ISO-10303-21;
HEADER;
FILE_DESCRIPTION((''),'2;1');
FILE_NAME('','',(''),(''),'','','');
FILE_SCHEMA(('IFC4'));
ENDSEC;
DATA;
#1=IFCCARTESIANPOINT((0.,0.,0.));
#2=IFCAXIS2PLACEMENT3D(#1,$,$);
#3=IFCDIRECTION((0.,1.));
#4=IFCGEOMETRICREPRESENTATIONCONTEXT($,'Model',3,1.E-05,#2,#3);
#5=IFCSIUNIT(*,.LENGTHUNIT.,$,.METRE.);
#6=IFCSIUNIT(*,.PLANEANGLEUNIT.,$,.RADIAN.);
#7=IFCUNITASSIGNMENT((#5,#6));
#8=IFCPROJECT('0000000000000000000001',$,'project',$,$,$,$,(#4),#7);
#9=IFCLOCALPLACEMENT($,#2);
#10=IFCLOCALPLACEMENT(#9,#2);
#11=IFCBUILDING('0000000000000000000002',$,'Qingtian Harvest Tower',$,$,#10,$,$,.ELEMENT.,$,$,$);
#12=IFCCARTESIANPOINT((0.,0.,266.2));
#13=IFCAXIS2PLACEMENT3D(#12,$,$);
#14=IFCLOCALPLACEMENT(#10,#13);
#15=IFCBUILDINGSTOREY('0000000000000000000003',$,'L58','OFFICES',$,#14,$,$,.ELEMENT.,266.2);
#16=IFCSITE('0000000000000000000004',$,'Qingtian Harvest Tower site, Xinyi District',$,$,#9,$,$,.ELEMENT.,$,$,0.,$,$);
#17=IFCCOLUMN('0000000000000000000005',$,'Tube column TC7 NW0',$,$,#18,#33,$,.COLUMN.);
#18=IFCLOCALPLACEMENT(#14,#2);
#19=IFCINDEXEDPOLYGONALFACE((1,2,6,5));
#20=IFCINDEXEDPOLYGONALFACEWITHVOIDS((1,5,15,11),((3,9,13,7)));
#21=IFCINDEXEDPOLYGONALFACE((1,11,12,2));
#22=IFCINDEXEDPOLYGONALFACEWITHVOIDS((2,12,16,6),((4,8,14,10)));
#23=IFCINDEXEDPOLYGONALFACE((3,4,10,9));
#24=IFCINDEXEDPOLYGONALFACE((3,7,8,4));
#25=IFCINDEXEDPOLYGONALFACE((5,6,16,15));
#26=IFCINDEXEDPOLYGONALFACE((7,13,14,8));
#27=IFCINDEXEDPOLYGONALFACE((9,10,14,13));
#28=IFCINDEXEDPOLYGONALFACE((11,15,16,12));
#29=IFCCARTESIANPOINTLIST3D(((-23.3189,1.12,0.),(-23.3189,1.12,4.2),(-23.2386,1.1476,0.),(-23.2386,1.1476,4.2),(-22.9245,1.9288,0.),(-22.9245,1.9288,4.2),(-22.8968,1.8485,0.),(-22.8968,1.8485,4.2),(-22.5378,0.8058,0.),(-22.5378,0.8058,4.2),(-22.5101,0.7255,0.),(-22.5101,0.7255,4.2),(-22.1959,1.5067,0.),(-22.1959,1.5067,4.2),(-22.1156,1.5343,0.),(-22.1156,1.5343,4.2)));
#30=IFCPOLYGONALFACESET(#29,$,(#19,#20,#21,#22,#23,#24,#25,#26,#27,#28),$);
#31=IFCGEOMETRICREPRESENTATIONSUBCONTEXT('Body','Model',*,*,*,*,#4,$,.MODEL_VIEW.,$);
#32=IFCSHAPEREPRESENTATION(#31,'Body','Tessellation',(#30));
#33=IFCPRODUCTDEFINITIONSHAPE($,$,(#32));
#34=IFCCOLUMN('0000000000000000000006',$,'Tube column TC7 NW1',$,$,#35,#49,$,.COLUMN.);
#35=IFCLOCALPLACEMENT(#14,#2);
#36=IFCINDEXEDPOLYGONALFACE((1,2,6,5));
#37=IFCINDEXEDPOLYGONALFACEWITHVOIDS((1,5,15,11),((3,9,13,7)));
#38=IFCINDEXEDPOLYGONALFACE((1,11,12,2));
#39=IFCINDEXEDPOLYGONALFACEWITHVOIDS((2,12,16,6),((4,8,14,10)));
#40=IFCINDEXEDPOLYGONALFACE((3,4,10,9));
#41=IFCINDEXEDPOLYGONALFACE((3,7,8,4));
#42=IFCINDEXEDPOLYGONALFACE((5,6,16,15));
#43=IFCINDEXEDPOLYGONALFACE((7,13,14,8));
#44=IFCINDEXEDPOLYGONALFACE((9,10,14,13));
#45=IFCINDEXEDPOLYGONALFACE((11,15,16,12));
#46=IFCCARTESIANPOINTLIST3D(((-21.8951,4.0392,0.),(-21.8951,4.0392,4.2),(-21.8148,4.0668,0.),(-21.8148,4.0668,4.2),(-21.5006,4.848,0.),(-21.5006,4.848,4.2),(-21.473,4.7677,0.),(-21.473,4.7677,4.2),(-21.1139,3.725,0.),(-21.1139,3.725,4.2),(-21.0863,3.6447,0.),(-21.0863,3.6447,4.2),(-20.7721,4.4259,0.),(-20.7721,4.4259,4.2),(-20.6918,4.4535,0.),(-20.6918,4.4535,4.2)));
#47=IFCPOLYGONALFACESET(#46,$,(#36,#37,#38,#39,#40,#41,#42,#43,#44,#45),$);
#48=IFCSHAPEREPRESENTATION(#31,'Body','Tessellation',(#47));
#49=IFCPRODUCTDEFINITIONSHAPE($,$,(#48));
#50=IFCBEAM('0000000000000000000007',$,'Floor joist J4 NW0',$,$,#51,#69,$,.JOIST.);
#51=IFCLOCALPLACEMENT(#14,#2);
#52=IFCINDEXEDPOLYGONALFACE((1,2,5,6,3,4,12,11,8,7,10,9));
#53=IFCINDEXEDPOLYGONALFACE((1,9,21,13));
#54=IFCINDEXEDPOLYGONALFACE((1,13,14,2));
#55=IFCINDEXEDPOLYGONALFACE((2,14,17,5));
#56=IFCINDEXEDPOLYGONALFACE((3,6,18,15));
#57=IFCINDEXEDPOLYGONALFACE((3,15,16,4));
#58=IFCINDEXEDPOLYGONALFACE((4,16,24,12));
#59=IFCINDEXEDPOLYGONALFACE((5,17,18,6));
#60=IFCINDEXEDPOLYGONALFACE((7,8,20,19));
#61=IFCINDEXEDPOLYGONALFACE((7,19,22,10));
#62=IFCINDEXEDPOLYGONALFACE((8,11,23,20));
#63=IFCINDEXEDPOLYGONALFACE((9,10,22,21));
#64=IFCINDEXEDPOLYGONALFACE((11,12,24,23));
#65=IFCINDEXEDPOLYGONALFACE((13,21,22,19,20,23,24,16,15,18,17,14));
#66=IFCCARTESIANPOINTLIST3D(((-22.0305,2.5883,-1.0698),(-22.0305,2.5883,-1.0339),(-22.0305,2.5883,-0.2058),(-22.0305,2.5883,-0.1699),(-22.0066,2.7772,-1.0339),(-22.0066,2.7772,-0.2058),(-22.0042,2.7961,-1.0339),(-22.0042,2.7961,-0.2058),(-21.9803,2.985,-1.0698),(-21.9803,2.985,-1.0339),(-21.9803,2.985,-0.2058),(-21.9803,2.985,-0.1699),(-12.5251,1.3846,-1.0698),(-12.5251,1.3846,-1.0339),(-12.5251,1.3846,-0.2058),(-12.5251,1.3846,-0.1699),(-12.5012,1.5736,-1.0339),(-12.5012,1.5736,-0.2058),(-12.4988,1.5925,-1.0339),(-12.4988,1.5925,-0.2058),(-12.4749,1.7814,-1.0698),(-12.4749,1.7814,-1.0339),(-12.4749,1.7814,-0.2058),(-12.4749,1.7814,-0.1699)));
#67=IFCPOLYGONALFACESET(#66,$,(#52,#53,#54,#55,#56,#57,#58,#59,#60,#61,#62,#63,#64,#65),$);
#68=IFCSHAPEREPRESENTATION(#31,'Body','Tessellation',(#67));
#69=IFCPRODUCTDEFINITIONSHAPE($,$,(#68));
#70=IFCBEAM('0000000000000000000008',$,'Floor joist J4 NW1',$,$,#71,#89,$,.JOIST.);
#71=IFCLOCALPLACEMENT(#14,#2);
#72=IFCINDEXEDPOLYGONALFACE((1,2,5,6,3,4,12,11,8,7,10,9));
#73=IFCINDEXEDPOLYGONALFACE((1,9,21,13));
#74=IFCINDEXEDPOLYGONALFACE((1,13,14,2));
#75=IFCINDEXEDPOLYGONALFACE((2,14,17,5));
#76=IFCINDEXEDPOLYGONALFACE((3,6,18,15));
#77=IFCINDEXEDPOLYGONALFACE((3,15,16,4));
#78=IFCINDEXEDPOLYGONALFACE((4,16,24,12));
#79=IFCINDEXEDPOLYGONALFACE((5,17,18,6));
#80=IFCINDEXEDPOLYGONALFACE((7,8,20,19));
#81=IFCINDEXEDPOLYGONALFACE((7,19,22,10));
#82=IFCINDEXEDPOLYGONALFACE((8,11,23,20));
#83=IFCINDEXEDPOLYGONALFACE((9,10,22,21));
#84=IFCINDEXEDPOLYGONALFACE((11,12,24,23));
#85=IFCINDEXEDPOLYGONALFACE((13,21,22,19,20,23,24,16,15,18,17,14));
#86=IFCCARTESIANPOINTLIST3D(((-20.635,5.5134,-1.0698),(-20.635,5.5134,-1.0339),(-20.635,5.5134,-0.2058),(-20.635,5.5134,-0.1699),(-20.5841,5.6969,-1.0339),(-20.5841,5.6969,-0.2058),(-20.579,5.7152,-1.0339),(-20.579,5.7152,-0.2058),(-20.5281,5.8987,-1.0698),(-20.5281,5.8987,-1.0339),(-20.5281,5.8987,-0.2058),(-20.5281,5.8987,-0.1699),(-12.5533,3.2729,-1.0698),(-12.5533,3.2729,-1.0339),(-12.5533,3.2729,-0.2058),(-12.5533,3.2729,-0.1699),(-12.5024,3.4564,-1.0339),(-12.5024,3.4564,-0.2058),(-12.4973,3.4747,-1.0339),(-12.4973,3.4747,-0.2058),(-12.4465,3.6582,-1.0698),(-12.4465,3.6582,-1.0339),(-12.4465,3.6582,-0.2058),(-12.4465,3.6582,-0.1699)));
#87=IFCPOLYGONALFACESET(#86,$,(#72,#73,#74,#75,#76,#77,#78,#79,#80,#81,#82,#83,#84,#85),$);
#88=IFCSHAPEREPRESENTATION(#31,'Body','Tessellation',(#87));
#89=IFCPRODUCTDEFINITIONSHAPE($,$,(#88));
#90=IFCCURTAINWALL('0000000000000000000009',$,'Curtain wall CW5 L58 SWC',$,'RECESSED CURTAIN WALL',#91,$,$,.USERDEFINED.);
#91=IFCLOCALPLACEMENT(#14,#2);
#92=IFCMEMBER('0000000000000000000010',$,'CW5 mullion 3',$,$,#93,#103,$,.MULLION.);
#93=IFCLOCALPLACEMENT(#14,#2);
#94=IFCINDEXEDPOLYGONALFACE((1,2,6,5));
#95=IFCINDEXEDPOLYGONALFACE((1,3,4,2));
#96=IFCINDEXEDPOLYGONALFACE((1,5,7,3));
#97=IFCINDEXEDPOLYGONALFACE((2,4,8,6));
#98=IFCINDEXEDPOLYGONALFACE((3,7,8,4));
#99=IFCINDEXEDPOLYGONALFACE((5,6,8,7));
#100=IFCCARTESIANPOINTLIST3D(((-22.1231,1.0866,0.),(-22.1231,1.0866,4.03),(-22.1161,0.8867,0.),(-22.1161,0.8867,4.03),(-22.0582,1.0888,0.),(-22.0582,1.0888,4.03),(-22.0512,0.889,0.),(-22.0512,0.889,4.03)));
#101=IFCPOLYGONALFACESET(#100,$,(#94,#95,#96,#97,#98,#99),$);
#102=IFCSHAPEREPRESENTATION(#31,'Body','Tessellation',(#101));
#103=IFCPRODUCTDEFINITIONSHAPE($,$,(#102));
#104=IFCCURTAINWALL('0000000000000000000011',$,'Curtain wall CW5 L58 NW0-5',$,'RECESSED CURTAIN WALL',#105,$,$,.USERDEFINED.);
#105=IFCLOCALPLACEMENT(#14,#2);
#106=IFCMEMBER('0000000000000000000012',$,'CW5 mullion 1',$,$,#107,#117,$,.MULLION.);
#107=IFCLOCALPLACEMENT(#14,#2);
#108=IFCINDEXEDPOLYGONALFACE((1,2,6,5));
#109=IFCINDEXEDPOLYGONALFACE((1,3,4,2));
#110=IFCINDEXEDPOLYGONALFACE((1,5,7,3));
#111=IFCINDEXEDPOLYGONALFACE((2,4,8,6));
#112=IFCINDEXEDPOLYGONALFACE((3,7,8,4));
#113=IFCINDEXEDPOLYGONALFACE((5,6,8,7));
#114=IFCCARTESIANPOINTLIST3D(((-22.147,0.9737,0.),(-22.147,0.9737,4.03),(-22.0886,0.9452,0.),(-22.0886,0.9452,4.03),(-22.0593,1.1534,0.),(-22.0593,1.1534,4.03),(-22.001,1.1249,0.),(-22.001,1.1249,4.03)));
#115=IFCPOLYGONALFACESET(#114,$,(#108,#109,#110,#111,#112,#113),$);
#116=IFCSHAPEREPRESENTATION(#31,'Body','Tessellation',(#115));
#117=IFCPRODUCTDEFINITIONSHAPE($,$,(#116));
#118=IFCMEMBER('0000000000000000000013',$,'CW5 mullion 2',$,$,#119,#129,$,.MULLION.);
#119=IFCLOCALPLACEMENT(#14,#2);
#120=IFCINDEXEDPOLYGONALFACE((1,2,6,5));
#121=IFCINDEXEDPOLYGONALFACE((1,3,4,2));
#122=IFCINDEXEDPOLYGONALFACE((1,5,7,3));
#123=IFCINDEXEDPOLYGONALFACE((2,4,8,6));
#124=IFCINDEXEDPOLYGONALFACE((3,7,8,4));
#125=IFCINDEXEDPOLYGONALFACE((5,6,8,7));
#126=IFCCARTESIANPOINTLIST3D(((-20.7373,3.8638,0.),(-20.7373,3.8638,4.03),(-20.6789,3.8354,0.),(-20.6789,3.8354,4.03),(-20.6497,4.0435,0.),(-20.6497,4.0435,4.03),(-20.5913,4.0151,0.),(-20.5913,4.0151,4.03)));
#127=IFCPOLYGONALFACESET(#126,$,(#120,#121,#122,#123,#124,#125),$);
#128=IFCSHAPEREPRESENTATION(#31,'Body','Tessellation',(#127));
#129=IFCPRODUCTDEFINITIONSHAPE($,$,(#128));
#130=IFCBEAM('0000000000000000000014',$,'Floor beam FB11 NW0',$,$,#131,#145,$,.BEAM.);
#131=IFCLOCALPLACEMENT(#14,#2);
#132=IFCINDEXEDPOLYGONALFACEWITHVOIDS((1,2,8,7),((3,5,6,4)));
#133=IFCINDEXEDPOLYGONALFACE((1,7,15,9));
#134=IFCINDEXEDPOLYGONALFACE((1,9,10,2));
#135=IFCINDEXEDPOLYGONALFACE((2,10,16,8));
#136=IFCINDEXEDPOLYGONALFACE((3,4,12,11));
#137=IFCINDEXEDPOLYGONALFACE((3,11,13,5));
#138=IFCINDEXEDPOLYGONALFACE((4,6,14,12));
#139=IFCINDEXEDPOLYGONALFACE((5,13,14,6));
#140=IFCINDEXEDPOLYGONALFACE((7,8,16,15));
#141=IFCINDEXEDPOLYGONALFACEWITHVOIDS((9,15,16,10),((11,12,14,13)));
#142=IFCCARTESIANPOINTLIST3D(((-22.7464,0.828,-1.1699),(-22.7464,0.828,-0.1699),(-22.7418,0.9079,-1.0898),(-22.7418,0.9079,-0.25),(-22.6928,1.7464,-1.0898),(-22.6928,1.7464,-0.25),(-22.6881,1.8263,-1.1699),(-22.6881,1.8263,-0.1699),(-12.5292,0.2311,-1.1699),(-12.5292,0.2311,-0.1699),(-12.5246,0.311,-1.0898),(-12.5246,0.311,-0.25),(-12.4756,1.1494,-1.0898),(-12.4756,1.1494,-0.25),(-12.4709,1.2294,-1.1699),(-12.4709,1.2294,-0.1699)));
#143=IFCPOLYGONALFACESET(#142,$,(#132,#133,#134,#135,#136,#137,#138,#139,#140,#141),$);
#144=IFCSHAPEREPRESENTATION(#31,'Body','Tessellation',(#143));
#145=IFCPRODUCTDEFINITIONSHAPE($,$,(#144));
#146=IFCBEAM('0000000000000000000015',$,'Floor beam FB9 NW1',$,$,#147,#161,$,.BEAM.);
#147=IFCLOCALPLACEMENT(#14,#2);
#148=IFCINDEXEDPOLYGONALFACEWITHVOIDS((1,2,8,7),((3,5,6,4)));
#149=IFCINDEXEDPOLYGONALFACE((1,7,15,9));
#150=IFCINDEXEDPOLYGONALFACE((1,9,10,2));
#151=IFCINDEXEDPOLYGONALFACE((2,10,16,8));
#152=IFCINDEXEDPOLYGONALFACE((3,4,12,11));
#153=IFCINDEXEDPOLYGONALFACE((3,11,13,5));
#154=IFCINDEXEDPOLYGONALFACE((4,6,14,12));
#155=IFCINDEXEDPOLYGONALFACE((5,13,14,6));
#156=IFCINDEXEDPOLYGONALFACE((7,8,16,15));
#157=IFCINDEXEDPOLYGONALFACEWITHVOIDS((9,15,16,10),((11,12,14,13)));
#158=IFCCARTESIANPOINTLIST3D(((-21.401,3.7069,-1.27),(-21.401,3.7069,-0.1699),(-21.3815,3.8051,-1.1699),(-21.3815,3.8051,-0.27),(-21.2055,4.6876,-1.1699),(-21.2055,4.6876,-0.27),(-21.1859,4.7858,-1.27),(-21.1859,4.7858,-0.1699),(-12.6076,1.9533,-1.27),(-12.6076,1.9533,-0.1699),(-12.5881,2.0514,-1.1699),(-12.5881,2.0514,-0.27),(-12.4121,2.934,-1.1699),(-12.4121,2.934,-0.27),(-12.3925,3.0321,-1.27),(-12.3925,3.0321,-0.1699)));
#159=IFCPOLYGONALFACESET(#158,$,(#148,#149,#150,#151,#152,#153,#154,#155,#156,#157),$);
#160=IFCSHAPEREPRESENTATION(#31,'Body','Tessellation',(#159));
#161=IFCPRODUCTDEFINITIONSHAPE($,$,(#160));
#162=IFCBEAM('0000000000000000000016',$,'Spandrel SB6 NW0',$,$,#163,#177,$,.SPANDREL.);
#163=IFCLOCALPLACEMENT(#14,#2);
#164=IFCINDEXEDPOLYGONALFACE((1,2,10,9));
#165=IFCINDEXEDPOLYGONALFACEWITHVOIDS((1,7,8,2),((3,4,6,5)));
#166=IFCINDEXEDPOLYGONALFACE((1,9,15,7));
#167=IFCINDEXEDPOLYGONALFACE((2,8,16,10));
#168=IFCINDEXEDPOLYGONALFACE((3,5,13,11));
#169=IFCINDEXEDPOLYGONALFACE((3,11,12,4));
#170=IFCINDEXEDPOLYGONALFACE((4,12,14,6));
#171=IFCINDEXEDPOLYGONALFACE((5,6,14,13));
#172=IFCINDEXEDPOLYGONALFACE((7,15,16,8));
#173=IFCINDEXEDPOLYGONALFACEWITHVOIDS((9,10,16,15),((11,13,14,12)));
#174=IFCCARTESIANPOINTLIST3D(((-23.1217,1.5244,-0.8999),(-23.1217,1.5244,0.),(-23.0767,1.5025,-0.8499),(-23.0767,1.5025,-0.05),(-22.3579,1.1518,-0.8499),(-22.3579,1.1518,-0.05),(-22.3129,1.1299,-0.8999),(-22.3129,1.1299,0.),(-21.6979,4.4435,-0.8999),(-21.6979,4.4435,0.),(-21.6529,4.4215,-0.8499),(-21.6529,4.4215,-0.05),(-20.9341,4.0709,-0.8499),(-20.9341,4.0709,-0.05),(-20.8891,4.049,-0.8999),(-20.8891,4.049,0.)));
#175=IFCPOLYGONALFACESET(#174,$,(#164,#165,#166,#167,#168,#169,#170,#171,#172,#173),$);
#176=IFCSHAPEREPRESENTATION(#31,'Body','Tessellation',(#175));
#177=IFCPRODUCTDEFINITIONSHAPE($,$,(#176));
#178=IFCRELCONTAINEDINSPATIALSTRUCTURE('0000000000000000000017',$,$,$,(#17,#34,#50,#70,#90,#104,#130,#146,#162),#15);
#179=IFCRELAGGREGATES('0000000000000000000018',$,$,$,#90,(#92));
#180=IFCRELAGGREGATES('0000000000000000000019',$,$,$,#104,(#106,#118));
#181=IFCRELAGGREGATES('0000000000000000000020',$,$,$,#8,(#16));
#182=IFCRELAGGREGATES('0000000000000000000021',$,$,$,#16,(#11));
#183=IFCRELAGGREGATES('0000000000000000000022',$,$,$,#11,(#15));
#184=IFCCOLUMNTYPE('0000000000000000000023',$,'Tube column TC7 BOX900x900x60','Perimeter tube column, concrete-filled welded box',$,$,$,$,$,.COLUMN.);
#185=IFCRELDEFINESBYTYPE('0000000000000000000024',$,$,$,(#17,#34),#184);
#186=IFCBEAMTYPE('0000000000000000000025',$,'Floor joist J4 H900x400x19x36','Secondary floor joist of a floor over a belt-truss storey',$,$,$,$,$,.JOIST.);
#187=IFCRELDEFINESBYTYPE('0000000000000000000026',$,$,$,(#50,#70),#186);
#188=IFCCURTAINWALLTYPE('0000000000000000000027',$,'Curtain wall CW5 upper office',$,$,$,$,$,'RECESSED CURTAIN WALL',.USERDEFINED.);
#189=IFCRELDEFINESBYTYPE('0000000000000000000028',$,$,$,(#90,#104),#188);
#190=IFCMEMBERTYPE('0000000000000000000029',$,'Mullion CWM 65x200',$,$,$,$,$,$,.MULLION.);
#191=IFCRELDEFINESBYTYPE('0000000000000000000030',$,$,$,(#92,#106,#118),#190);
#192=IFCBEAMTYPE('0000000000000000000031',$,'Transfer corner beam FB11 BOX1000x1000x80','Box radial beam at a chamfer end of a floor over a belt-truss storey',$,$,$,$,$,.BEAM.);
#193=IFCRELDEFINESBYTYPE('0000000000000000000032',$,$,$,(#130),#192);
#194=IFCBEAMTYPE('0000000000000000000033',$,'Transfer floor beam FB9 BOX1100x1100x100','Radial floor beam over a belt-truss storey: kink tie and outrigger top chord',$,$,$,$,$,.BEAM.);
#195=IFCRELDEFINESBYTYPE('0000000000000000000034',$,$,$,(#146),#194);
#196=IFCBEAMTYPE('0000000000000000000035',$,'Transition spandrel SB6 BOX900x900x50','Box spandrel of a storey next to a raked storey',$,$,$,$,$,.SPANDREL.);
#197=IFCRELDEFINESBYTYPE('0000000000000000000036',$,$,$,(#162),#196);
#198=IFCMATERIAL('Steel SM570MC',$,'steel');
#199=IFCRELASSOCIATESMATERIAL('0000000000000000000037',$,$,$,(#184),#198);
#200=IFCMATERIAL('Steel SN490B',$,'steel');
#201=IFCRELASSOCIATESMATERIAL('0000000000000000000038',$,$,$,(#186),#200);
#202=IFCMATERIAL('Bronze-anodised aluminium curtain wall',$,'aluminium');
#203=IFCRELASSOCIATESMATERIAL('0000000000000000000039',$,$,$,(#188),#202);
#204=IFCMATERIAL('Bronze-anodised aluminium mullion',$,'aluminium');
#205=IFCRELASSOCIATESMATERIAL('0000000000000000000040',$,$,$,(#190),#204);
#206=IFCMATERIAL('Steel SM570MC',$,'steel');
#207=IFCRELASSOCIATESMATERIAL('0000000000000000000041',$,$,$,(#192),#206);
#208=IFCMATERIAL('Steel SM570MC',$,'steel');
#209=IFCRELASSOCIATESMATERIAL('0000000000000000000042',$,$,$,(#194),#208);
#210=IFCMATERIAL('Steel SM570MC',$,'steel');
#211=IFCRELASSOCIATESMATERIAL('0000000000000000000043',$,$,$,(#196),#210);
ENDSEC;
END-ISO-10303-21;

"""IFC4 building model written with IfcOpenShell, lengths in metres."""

from ifc_helpers import new_model, si_unit, direction, frame, origin, origin_2d, place, context, subcontext, project, spatial, rectangle, hollow_rectangle, i_section, extrude, material, material_profile, profile_set, type_object, element, aggregate, save


model = new_model("IFC4")

# Units and contexts
model_context = context("Model", 3, precision=1e-05, world=origin(), true_north=direction((0.0, 1.0)))
body_context = subcontext(model_context, "Body", "Model", "MODEL_VIEW")
ifc_project = project(units=[si_unit("LENGTHUNIT", "METRE"), si_unit("PLANEANGLEUNIT", "RADIAN")], contexts=[model_context])

# Site, building, storey
site_placement = place(None, origin())
site = spatial("IfcSite", under=ifc_project, at=site_placement, Name="Qingtian Harvest Tower site, Xinyi District", CompositionType="ELEMENT", RefElevation=0.0)
building_placement = place(site_placement, origin())
building = spatial("IfcBuilding", under=site, at=building_placement, Name="Qingtian Harvest Tower", CompositionType="ELEMENT")
storey_placement = place(building_placement, frame((0.0, 0.0, 266.2)))
storey = spatial("IfcBuildingStorey", under=building, at=storey_placement, Name="L58", Description="OFFICES", CompositionType="ELEMENT", Elevation=266.2)

# Columns
ifc_material_1 = material(Name="Steel SM570MC", Category="steel")
ifc_material_profile_1 = material_profile(ifc_material_1, hollow_rectangle(XDim=0.8999, YDim=0.8999, WallThickness=0.0601, at=origin_2d()), Name="BOX900x900x60")
ifc_profile_set_1 = profile_set([ifc_material_profile_1], Name="Steel SM570MC")
column_type = type_object("IfcColumnType", Name="Tube column TC7 BOX900x900x60", Description="Perimeter tube column, concrete-filled welded box", PredefinedType="COLUMN", material=ifc_profile_set_1)
for number, where, z_axis, x_axis, name in (
    (1, (-22.7173, 1.3271, 0.0), (0.0, 0.0, 1.0), (-0.438371, -0.898794, 0.0), "Tube column TC7 NW0"),
    (2, (-21.2935, 4.2463, 0.0), (0.0, 0.0, 1.0), (-0.438371, -0.898794, 0.0), "Tube column TC7 NW1"),
):
    element("IfcColumn", number, at=place(storey_placement, frame(where, z_axis=z_axis, x_axis=x_axis)), inside=storey, type_object=column_type, Name=name, PredefinedType="COLUMN", context=body_context, shape_type="SweptSolid", body=[
        extrude(hollow_rectangle(XDim=0.8999, YDim=0.8999, WallThickness=0.0601, at=origin_2d()), origin(), (0.0, 0.0, 1.0), 4.2),
    ])

# Beams
ifc_material_2 = material(Name="Steel SN490B", Category="steel")
ifc_material_profile_2 = material_profile(ifc_material_2, i_section(OverallWidth=0.3999, OverallDepth=0.8999, WebThickness=0.019, FlangeThickness=0.0359, at=origin_2d()), Name="H900x400x19x36")
ifc_profile_set_2 = profile_set([ifc_material_profile_2], Name="Steel SN490B")
beam_type_1 = type_object("IfcBeamType", Name="Floor joist J4 H900x400x19x36", Description="Secondary floor joist of a floor over a belt-truss storey", PredefinedType="JOIST", material=ifc_profile_set_2)
beam_1_placement = place(storey_placement, frame((-22.0054, 2.7866, -0.6199), z_axis=(0.992078, -0.125621, 0.0), x_axis=(0.125621, 0.992078, 0.0)))
element("IfcBeam", 3, at=beam_1_placement, inside=storey, type_object=beam_type_1, Name="Floor joist J4 NW0", PredefinedType="JOIST", context=body_context, shape_type="SweptSolid", body=[
    extrude(i_section(OverallWidth=0.3999, OverallDepth=0.8999, WebThickness=0.019, FlangeThickness=0.0359, at=origin_2d()), origin(), (0.0, 0.0, 1.0), 9.5813),
])
beam_2_placement = place(storey_placement, frame((-20.5815, 5.7061, -0.6199), z_axis=(0.963653, -0.267157, 0.0), x_axis=(0.267157, 0.963653, 0.0)))
element("IfcBeam", 4, at=beam_2_placement, inside=storey, type_object=beam_type_1, Name="Floor joist J4 NW1", PredefinedType="JOIST", context=body_context, shape_type="SweptSolid", body=[
    extrude(i_section(OverallWidth=0.3999, OverallDepth=0.8999, WebThickness=0.019, FlangeThickness=0.0359, at=origin_2d()), origin(), (0.0, 0.0, 1.0), 8.3865),
])

# Curtain wall, member
ifc_material_3 = material(Name="Bronze-anodised aluminium curtain wall", Category="aluminium")
curtain_wall_type = type_object("IfcCurtainWallType", Name="Curtain wall CW5 upper office", ElementType="RECESSED CURTAIN WALL", PredefinedType="USERDEFINED", material=ifc_material_3)
curtain_wall_1_placement = place(storey_placement, origin())
curtain_wall_1 = element("IfcCurtainWall", 5, at=curtain_wall_1_placement, inside=storey, type_object=curtain_wall_type, Name="Curtain wall CW5 L58 SWC", ObjectType="RECESSED CURTAIN WALL", PredefinedType="USERDEFINED")
ifc_material_4 = material(Name="Bronze-anodised aluminium mullion", Category="aluminium")
ifc_material_profile_3 = material_profile(ifc_material_4, rectangle(XDim=0.0649, YDim=0.2, at=origin_2d()), Name="AL 65x200")
ifc_profile_set_3 = profile_set([ifc_material_profile_3], Name="Bronze-anodised aluminium mullion")
member_type_1 = type_object("IfcMemberType", Name="Mullion CWM 65x200", PredefinedType="MULLION", material=ifc_profile_set_3)
member_1_placement = place(storey_placement, frame((-22.0872, 0.9878, 0.0), z_axis=(0.0, 0.0, 1.0), x_axis=(-0.999391, -0.034899, 0.0)))
member_1 = element("IfcMember", 6, at=member_1_placement, type_object=member_type_1, Name="CW5 mullion 3", PredefinedType="MULLION", context=body_context, shape_type="SweptSolid", body=[
    extrude(rectangle(XDim=0.0649, YDim=0.2, at=origin_2d()), origin(), (0.0, 0.0, 1.0), 4.03),
])

# Curtain wall, members
curtain_wall_2_placement = place(storey_placement, origin())
curtain_wall_2 = element("IfcCurtainWall", 7, at=curtain_wall_2_placement, inside=storey, type_object=curtain_wall_type, Name="Curtain wall CW5 L58 NW0-5", ObjectType="RECESSED CURTAIN WALL", PredefinedType="USERDEFINED")
member_2_placement = place(storey_placement, frame((-22.074, 1.0493, 0.0), z_axis=(0.0, 0.0, 1.0), x_axis=(-0.898794, 0.438371, 0.0)))
member_2 = element("IfcMember", 8, at=member_2_placement, type_object=member_type_1, Name="CW5 mullion 1", PredefinedType="MULLION", context=body_context, shape_type="SweptSolid", body=[
    extrude(rectangle(XDim=0.0649, YDim=0.2, at=origin_2d()), origin(), (0.0, 0.0, 1.0), 4.03),
])
member_3_placement = place(storey_placement, frame((-20.6643, 3.9395, 0.0), z_axis=(0.0, 0.0, 1.0), x_axis=(-0.898794, 0.438371, 0.0)))
member_3 = element("IfcMember", 9, at=member_3_placement, type_object=member_type_1, Name="CW5 mullion 2", PredefinedType="MULLION", context=body_context, shape_type="SweptSolid", body=[
    extrude(rectangle(XDim=0.0649, YDim=0.2, at=origin_2d()), origin(), (0.0, 0.0, 1.0), 4.03),
])

# Beams
ifc_material_5 = material(Name="Steel SM570MC", Category="steel")
ifc_material_profile_4 = material_profile(ifc_material_5, hollow_rectangle(XDim=1.0, YDim=1.0, WallThickness=0.0801, at=origin_2d()), Name="BOX1000x1000x80")
ifc_profile_set_4 = profile_set([ifc_material_profile_4], Name="Steel SM570MC")
beam_type_2 = type_object("IfcBeamType", Name="Transfer corner beam FB11 BOX1000x1000x80", Description="Box radial beam at a chamfer end of a floor over a belt-truss storey", PredefinedType="BEAM", material=ifc_profile_set_4)
beam_3_placement = place(storey_placement, frame((-22.7173, 1.3271, -0.6699), z_axis=(0.998298, -0.058323, 0.0), x_axis=(0.058323, 0.998298, 0.0)))
element("IfcBeam", 10, at=beam_3_placement, inside=storey, type_object=beam_type_2, Name="Floor beam FB11 NW0", PredefinedType="BEAM", context=body_context, shape_type="SweptSolid", body=[
    extrude(hollow_rectangle(XDim=1.0, YDim=1.0, WallThickness=0.0801, at=origin_2d()), origin(), (0.0, 0.0, 1.0), 10.2346),
])
ifc_material_6 = material(Name="Steel SM570MC", Category="steel")
ifc_material_profile_5 = material_profile(ifc_material_6, hollow_rectangle(XDim=1.1001, YDim=1.1001, WallThickness=0.1001, at=origin_2d()), Name="BOX1100x1100x100")
ifc_profile_set_5 = profile_set([ifc_material_profile_5], Name="Steel SM570MC")
beam_type_3 = type_object("IfcBeamType", Name="Transfer floor beam FB9 BOX1100x1100x100", Description="Radial floor beam over a belt-truss storey: kink tie and outrigger top chord", PredefinedType="BEAM", material=ifc_profile_set_5)
beam_4_placement = place(storey_placement, frame((-21.2935, 4.2463, -0.72), z_axis=(0.980688, -0.195577, 0.0), x_axis=(0.195577, 0.980688, 0.0)))
element("IfcBeam", 11, at=beam_4_placement, inside=storey, type_object=beam_type_3, Name="Floor beam FB9 NW1", PredefinedType="BEAM", context=body_context, shape_type="SweptSolid", body=[
    extrude(hollow_rectangle(XDim=1.1001, YDim=1.1001, WallThickness=0.1001, at=origin_2d()), origin(), (0.0, 0.0, 1.0), 8.9666),
])
ifc_material_7 = material(Name="Steel SM570MC", Category="steel")
ifc_material_profile_6 = material_profile(ifc_material_7, hollow_rectangle(XDim=0.8999, YDim=0.8999, WallThickness=0.05, at=origin_2d()), Name="BOX900x900x50")
ifc_profile_set_6 = profile_set([ifc_material_profile_6], Name="Steel SM570MC")
beam_type_4 = type_object("IfcBeamType", Name="Transition spandrel SB6 BOX900x900x50", Description="Box spandrel of a storey next to a raked storey", PredefinedType="SPANDREL", material=ifc_profile_set_6)
beam_5_placement = place(storey_placement, frame((-22.7173, 1.3271, -0.45), z_axis=(0.438382, 0.898789, 0.0), x_axis=(-0.898789, 0.438382, 0.0)))
element("IfcBeam", 12, at=beam_5_placement, inside=storey, type_object=beam_type_4, Name="Spandrel SB6 NW0", PredefinedType="SPANDREL", context=body_context, shape_type="SweptSolid", body=[
    extrude(hollow_rectangle(XDim=0.8999, YDim=0.8999, WallThickness=0.05, at=origin_2d()), origin(), (0.0, 0.0, 1.0), 3.2478),
])

aggregate(curtain_wall_1, [member_1])
aggregate(curtain_wall_2, [member_2, member_3])

save(model, "model.ifc")
